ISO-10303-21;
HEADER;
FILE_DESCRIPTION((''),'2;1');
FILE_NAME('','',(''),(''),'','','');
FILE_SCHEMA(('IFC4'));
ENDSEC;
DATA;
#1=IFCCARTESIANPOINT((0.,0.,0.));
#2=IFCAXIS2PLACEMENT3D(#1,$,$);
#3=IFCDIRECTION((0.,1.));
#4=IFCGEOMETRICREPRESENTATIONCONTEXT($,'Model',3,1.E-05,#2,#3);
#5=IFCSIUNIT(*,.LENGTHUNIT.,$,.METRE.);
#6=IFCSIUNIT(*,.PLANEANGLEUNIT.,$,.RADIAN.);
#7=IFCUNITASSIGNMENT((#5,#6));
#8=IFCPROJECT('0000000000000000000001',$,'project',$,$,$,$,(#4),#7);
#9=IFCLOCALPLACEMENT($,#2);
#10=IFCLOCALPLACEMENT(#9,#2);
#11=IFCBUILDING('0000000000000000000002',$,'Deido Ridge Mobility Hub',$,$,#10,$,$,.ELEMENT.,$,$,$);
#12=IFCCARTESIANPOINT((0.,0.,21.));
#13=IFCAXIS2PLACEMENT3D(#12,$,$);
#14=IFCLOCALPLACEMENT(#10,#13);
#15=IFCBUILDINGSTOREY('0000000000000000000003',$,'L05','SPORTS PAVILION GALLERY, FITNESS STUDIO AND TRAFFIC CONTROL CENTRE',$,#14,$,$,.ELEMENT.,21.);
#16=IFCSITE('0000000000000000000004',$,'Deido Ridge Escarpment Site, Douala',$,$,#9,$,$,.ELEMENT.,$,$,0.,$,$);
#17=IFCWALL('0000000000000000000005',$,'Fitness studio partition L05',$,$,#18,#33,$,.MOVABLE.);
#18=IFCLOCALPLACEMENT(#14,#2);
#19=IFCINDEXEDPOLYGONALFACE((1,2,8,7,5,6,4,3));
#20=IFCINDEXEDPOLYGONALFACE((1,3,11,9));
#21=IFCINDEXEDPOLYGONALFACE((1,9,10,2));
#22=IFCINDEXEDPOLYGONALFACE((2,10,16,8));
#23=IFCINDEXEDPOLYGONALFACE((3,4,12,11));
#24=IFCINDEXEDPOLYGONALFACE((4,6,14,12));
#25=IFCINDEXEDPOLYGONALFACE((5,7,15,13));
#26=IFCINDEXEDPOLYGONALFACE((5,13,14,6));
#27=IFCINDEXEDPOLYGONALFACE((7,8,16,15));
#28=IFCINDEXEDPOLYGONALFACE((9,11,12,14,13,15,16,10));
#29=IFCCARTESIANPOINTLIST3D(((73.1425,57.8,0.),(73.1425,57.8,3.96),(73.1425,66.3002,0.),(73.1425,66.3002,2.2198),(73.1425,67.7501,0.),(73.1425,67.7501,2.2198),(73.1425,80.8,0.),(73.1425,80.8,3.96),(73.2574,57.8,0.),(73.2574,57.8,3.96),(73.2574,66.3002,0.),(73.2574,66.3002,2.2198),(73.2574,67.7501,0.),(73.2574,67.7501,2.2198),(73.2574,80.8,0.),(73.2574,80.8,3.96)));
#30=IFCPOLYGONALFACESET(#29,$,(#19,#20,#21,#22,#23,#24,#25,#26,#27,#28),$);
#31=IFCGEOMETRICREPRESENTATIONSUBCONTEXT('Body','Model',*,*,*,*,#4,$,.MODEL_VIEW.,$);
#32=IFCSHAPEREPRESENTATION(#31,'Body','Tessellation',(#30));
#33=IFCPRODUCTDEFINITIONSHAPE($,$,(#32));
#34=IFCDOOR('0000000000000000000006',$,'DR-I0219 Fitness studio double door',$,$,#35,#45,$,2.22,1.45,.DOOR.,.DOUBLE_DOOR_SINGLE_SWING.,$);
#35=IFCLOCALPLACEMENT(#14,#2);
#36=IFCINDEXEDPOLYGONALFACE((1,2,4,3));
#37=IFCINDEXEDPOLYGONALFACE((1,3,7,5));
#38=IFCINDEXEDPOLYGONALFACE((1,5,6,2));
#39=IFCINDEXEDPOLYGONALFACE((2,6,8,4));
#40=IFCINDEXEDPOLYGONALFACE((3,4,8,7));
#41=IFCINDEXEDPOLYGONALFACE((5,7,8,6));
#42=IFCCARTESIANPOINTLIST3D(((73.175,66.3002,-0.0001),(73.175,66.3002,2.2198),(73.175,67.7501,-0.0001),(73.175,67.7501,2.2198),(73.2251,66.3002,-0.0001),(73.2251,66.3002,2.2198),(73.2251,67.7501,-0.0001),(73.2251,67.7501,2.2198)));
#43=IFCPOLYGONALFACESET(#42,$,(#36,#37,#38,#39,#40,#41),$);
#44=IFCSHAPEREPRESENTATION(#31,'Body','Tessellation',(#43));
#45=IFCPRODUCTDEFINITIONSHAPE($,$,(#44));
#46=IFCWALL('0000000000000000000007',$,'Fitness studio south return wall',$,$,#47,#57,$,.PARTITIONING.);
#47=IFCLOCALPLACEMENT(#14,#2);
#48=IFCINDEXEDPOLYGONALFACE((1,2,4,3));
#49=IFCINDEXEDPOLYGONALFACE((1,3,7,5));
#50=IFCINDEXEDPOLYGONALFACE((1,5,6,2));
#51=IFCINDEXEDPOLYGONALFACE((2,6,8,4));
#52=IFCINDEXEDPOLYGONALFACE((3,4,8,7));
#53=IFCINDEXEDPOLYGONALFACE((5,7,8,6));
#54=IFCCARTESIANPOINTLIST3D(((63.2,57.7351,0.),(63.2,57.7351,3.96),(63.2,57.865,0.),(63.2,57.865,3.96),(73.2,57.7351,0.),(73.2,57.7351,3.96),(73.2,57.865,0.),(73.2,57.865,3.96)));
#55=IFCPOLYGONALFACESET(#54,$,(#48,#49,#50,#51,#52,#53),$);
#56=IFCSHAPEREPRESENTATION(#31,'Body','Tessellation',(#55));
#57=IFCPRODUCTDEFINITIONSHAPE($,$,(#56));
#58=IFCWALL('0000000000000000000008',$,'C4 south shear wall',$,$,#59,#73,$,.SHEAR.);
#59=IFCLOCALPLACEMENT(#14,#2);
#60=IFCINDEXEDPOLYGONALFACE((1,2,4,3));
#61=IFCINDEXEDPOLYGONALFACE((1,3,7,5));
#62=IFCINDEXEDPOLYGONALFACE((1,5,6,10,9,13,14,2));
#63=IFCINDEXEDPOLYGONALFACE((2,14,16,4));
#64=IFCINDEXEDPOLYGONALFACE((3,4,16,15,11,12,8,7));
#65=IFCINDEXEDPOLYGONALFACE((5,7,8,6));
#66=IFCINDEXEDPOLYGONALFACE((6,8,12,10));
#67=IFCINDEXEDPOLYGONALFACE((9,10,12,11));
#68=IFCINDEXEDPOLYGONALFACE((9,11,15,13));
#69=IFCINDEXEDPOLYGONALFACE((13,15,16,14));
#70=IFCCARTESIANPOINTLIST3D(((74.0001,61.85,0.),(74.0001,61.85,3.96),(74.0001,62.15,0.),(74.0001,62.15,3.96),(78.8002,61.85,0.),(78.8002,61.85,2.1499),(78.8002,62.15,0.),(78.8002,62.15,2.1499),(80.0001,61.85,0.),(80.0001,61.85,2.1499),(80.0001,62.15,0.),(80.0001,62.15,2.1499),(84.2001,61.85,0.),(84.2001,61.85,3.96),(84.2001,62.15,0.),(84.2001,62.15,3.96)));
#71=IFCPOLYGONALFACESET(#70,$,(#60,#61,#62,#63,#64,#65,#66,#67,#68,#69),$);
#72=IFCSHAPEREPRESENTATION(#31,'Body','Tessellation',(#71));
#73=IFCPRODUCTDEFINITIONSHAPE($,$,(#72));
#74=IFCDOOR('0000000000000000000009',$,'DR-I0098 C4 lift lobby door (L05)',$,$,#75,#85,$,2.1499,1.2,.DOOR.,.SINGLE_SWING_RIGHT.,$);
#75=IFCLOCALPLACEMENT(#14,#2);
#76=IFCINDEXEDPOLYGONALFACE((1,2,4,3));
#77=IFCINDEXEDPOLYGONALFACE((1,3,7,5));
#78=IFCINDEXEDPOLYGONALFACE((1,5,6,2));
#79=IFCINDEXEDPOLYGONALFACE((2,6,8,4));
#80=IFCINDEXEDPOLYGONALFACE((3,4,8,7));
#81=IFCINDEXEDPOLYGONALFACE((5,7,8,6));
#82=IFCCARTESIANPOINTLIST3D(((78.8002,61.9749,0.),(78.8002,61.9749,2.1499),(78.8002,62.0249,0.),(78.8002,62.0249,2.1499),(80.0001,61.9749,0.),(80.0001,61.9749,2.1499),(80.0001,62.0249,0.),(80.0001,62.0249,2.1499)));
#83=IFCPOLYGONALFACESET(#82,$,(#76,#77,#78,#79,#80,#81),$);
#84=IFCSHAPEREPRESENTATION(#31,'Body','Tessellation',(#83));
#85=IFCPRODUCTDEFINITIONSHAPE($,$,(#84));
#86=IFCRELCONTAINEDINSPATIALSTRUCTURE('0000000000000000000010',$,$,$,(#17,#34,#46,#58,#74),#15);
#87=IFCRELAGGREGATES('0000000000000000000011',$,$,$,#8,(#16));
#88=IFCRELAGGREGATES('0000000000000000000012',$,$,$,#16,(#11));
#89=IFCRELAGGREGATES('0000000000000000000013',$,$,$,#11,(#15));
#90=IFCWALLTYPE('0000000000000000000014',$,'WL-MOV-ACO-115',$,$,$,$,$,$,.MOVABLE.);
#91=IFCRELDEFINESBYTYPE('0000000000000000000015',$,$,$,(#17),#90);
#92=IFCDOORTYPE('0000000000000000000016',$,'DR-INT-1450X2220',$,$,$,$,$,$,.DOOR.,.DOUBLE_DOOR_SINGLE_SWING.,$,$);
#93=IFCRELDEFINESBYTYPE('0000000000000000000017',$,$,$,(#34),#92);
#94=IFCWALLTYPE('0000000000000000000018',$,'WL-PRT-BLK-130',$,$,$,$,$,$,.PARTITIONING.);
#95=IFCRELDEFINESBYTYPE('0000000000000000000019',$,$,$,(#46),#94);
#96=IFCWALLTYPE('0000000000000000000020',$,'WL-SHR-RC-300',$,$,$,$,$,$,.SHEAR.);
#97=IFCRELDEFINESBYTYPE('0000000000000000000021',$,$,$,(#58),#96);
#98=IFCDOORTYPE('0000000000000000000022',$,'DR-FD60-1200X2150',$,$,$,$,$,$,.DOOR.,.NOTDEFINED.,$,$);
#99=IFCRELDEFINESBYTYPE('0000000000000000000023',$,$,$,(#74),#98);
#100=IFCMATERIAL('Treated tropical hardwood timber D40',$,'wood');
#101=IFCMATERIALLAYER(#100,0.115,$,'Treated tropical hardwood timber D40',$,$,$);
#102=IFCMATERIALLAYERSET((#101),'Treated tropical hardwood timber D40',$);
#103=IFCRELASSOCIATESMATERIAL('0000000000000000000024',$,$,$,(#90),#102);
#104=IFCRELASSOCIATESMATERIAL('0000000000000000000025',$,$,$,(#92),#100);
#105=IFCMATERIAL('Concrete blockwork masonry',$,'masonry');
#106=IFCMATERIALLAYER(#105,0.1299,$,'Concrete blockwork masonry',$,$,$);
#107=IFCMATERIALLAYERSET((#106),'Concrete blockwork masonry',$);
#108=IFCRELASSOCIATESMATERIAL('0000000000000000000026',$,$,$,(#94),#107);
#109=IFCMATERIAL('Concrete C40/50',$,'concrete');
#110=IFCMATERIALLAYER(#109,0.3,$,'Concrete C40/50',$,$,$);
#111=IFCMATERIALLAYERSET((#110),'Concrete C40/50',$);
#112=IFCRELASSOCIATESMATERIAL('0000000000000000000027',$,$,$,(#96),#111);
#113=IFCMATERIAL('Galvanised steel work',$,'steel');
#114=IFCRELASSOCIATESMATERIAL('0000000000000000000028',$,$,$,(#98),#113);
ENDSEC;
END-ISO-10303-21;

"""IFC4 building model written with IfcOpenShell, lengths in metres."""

from ifc_helpers import new_model, si_unit, direction, frame, frame_2d, origin, place, context, subcontext, project, spatial, rectangle, extrude, material, layer, layer_set, type_object, element, fill, save


model = new_model("IFC4")

# Units and contexts
model_context = context("Model", 3, precision=1e-05, world=origin(), true_north=direction((0.0, 1.0)))
body_context = subcontext(model_context, "Body", "Model", "MODEL_VIEW")
ifc_project = project(units=[si_unit("LENGTHUNIT", "METRE"), si_unit("PLANEANGLEUNIT", "RADIAN")], contexts=[model_context])

# Site, building, storey
site_placement = place(None, origin())
site = spatial("IfcSite", under=ifc_project, at=site_placement, Name="Deido Ridge Escarpment Site, Douala", CompositionType="ELEMENT", RefElevation=0.0)
building_placement = place(site_placement, origin())
building = spatial("IfcBuilding", under=site, at=building_placement, Name="Deido Ridge Mobility Hub", CompositionType="ELEMENT")
storey_placement = place(building_placement, frame((0.0, 0.0, 21.0)))
storey = spatial("IfcBuildingStorey", under=building, at=storey_placement, Name="L05", Description="SPORTS PAVILION GALLERY, FITNESS STUDIO AND TRAFFIC CONTROL CENTRE", CompositionType="ELEMENT", Elevation=21.0)

# Wall, opening, door
ifc_material_1 = material(Name="Treated tropical hardwood timber D40", Category="wood")
ifc_layer_1 = layer(ifc_material_1, 0.115, Name="Treated tropical hardwood timber D40")
ifc_layer_set_1 = layer_set([ifc_layer_1], Name="Treated tropical hardwood timber D40")
wall_type_1 = type_object("IfcWallType", Name="WL-MOV-ACO-115", PredefinedType="MOVABLE", material=ifc_layer_set_1)
wall_1_placement = place(storey_placement, frame((73.2, 57.8, 0.0), z_axis=(0.0, 0.0, 1.0), x_axis=(0.0, 1.0, 0.0)))
wall_1 = element("IfcWall", 1, at=wall_1_placement, inside=storey, type_object=wall_type_1, Name="Fitness studio partition L05", PredefinedType="MOVABLE", context=body_context, shape_type="SweptSolid", body=[
    extrude(rectangle(XDim=23.0, YDim=0.115, at=frame_2d((11.5, 0.0))), origin(), (0.0, 0.0, 1.0), 3.96),
])
opening_1_placement = place(wall_1_placement, frame((8.5, 0.0, 0.0)))
opening_1 = element("IfcOpeningElement", 2, at=opening_1_placement, cuts=wall_1, PredefinedType="OPENING", context=body_context, shape_type="SweptSolid", body=[
    extrude(rectangle(XDim=1.45, YDim=2.22, at=frame_2d((0.7251, 1.1099))), frame((0.0, 0.0674, 0.0), z_axis=(0.0, -1.0, 0.0), x_axis=(1.0, 0.0, 0.0)), (0.0, 0.0, 1.0), 0.135),
])
door_type_1 = type_object("IfcDoorType", Name="DR-INT-1450X2220", OperationType="DOUBLE_DOOR_SINGLE_SWING", PredefinedType="DOOR", material=ifc_material_1)
door_1_placement = place(opening_1_placement, origin())
door_1 = element("IfcDoor", 3, at=door_1_placement, inside=storey, type_object=door_type_1, Name="DR-I0219 Fitness studio double door", OperationType="DOUBLE_DOOR_SINGLE_SWING", OverallHeight=2.22, OverallWidth=1.45, PredefinedType="DOOR", context=body_context, shape_type="SweptSolid", body=[
    extrude(rectangle(XDim=1.45, YDim=2.22, at=frame_2d((0.7251, 1.1099))), frame((0.0, 0.0249, 0.0), z_axis=(0.0, -1.0, 0.0), x_axis=(1.0, 0.0, 0.0)), (0.0, 0.0, 1.0), 0.05),
])
fill(opening_1, door_1)

# Wall
ifc_material_2 = material(Name="Concrete blockwork masonry", Category="masonry")
ifc_layer_2 = layer(ifc_material_2, 0.1299, Name="Concrete blockwork masonry")
ifc_layer_set_2 = layer_set([ifc_layer_2], Name="Concrete blockwork masonry")
wall_type_2 = type_object("IfcWallType", Name="WL-PRT-BLK-130", PredefinedType="PARTITIONING", material=ifc_layer_set_2)
wall_2_placement = place(storey_placement, frame((63.2, 57.8, 0.0), z_axis=(0.0, 0.0, 1.0), x_axis=(1.0, 0.0, 0.0)))
element("IfcWall", 4, at=wall_2_placement, inside=storey, type_object=wall_type_2, Name="Fitness studio south return wall", PredefinedType="PARTITIONING", context=body_context, shape_type="SweptSolid", body=[
    extrude(rectangle(XDim=10.0, YDim=0.1299, at=frame_2d((5.0, 0.0))), origin(), (0.0, 0.0, 1.0), 3.96),
])

# Wall, opening, door
ifc_material_3 = material(Name="Concrete C40/50", Category="concrete")
ifc_layer_3 = layer(ifc_material_3, 0.3, Name="Concrete C40/50")
ifc_layer_set_3 = layer_set([ifc_layer_3], Name="Concrete C40/50")
wall_type_3 = type_object("IfcWallType", Name="WL-SHR-RC-300", PredefinedType="SHEAR", material=ifc_layer_set_3)
wall_3_placement = place(storey_placement, frame((74.0, 62.0, 0.0), z_axis=(0.0, 0.0, 1.0), x_axis=(1.0, 0.0, 0.0)))
wall_3 = element("IfcWall", 5, at=wall_3_placement, inside=storey, type_object=wall_type_3, Name="C4 south shear wall", PredefinedType="SHEAR", context=body_context, shape_type="SweptSolid", body=[
    extrude(rectangle(XDim=10.2, YDim=0.3, at=frame_2d((5.1001, 0.0))), origin(), (0.0, 0.0, 1.0), 3.96),
])
opening_2_placement = place(wall_3_placement, frame((4.8, 0.0, 0.0)))
opening_2 = element("IfcOpeningElement", 6, at=opening_2_placement, cuts=wall_3, PredefinedType="OPENING", context=body_context, shape_type="SweptSolid", body=[
    extrude(rectangle(XDim=1.2, YDim=2.1499, at=frame_2d((0.6001, 1.075))), frame((0.0, 0.1602, 0.0), z_axis=(0.0, -1.0, 0.0), x_axis=(1.0, 0.0, 0.0)), (0.0, 0.0, 1.0), 0.3201),
])
ifc_material_4 = material(Name="Galvanised steel work", Category="steel")
door_type_2 = type_object("IfcDoorType", Name="DR-FD60-1200X2150", OperationType="NOTDEFINED", PredefinedType="DOOR", material=ifc_material_4)
door_2_placement = place(opening_2_placement, origin())
door_2 = element("IfcDoor", 7, at=door_2_placement, inside=storey, type_object=door_type_2, Name="DR-I0098 C4 lift lobby door (L05)", OperationType="SINGLE_SWING_RIGHT", OverallHeight=2.1499, OverallWidth=1.2, PredefinedType="DOOR", context=body_context, shape_type="SweptSolid", body=[
    extrude(rectangle(XDim=1.2, YDim=2.1499, at=frame_2d((0.6001, 1.075))), frame((0.0, 0.0249, 0.0), z_axis=(0.0, -1.0, 0.0), x_axis=(1.0, 0.0, 0.0)), (0.0, 0.0, 1.0), 0.05),
])
fill(opening_2, door_2)

save(model, "model.ifc")
